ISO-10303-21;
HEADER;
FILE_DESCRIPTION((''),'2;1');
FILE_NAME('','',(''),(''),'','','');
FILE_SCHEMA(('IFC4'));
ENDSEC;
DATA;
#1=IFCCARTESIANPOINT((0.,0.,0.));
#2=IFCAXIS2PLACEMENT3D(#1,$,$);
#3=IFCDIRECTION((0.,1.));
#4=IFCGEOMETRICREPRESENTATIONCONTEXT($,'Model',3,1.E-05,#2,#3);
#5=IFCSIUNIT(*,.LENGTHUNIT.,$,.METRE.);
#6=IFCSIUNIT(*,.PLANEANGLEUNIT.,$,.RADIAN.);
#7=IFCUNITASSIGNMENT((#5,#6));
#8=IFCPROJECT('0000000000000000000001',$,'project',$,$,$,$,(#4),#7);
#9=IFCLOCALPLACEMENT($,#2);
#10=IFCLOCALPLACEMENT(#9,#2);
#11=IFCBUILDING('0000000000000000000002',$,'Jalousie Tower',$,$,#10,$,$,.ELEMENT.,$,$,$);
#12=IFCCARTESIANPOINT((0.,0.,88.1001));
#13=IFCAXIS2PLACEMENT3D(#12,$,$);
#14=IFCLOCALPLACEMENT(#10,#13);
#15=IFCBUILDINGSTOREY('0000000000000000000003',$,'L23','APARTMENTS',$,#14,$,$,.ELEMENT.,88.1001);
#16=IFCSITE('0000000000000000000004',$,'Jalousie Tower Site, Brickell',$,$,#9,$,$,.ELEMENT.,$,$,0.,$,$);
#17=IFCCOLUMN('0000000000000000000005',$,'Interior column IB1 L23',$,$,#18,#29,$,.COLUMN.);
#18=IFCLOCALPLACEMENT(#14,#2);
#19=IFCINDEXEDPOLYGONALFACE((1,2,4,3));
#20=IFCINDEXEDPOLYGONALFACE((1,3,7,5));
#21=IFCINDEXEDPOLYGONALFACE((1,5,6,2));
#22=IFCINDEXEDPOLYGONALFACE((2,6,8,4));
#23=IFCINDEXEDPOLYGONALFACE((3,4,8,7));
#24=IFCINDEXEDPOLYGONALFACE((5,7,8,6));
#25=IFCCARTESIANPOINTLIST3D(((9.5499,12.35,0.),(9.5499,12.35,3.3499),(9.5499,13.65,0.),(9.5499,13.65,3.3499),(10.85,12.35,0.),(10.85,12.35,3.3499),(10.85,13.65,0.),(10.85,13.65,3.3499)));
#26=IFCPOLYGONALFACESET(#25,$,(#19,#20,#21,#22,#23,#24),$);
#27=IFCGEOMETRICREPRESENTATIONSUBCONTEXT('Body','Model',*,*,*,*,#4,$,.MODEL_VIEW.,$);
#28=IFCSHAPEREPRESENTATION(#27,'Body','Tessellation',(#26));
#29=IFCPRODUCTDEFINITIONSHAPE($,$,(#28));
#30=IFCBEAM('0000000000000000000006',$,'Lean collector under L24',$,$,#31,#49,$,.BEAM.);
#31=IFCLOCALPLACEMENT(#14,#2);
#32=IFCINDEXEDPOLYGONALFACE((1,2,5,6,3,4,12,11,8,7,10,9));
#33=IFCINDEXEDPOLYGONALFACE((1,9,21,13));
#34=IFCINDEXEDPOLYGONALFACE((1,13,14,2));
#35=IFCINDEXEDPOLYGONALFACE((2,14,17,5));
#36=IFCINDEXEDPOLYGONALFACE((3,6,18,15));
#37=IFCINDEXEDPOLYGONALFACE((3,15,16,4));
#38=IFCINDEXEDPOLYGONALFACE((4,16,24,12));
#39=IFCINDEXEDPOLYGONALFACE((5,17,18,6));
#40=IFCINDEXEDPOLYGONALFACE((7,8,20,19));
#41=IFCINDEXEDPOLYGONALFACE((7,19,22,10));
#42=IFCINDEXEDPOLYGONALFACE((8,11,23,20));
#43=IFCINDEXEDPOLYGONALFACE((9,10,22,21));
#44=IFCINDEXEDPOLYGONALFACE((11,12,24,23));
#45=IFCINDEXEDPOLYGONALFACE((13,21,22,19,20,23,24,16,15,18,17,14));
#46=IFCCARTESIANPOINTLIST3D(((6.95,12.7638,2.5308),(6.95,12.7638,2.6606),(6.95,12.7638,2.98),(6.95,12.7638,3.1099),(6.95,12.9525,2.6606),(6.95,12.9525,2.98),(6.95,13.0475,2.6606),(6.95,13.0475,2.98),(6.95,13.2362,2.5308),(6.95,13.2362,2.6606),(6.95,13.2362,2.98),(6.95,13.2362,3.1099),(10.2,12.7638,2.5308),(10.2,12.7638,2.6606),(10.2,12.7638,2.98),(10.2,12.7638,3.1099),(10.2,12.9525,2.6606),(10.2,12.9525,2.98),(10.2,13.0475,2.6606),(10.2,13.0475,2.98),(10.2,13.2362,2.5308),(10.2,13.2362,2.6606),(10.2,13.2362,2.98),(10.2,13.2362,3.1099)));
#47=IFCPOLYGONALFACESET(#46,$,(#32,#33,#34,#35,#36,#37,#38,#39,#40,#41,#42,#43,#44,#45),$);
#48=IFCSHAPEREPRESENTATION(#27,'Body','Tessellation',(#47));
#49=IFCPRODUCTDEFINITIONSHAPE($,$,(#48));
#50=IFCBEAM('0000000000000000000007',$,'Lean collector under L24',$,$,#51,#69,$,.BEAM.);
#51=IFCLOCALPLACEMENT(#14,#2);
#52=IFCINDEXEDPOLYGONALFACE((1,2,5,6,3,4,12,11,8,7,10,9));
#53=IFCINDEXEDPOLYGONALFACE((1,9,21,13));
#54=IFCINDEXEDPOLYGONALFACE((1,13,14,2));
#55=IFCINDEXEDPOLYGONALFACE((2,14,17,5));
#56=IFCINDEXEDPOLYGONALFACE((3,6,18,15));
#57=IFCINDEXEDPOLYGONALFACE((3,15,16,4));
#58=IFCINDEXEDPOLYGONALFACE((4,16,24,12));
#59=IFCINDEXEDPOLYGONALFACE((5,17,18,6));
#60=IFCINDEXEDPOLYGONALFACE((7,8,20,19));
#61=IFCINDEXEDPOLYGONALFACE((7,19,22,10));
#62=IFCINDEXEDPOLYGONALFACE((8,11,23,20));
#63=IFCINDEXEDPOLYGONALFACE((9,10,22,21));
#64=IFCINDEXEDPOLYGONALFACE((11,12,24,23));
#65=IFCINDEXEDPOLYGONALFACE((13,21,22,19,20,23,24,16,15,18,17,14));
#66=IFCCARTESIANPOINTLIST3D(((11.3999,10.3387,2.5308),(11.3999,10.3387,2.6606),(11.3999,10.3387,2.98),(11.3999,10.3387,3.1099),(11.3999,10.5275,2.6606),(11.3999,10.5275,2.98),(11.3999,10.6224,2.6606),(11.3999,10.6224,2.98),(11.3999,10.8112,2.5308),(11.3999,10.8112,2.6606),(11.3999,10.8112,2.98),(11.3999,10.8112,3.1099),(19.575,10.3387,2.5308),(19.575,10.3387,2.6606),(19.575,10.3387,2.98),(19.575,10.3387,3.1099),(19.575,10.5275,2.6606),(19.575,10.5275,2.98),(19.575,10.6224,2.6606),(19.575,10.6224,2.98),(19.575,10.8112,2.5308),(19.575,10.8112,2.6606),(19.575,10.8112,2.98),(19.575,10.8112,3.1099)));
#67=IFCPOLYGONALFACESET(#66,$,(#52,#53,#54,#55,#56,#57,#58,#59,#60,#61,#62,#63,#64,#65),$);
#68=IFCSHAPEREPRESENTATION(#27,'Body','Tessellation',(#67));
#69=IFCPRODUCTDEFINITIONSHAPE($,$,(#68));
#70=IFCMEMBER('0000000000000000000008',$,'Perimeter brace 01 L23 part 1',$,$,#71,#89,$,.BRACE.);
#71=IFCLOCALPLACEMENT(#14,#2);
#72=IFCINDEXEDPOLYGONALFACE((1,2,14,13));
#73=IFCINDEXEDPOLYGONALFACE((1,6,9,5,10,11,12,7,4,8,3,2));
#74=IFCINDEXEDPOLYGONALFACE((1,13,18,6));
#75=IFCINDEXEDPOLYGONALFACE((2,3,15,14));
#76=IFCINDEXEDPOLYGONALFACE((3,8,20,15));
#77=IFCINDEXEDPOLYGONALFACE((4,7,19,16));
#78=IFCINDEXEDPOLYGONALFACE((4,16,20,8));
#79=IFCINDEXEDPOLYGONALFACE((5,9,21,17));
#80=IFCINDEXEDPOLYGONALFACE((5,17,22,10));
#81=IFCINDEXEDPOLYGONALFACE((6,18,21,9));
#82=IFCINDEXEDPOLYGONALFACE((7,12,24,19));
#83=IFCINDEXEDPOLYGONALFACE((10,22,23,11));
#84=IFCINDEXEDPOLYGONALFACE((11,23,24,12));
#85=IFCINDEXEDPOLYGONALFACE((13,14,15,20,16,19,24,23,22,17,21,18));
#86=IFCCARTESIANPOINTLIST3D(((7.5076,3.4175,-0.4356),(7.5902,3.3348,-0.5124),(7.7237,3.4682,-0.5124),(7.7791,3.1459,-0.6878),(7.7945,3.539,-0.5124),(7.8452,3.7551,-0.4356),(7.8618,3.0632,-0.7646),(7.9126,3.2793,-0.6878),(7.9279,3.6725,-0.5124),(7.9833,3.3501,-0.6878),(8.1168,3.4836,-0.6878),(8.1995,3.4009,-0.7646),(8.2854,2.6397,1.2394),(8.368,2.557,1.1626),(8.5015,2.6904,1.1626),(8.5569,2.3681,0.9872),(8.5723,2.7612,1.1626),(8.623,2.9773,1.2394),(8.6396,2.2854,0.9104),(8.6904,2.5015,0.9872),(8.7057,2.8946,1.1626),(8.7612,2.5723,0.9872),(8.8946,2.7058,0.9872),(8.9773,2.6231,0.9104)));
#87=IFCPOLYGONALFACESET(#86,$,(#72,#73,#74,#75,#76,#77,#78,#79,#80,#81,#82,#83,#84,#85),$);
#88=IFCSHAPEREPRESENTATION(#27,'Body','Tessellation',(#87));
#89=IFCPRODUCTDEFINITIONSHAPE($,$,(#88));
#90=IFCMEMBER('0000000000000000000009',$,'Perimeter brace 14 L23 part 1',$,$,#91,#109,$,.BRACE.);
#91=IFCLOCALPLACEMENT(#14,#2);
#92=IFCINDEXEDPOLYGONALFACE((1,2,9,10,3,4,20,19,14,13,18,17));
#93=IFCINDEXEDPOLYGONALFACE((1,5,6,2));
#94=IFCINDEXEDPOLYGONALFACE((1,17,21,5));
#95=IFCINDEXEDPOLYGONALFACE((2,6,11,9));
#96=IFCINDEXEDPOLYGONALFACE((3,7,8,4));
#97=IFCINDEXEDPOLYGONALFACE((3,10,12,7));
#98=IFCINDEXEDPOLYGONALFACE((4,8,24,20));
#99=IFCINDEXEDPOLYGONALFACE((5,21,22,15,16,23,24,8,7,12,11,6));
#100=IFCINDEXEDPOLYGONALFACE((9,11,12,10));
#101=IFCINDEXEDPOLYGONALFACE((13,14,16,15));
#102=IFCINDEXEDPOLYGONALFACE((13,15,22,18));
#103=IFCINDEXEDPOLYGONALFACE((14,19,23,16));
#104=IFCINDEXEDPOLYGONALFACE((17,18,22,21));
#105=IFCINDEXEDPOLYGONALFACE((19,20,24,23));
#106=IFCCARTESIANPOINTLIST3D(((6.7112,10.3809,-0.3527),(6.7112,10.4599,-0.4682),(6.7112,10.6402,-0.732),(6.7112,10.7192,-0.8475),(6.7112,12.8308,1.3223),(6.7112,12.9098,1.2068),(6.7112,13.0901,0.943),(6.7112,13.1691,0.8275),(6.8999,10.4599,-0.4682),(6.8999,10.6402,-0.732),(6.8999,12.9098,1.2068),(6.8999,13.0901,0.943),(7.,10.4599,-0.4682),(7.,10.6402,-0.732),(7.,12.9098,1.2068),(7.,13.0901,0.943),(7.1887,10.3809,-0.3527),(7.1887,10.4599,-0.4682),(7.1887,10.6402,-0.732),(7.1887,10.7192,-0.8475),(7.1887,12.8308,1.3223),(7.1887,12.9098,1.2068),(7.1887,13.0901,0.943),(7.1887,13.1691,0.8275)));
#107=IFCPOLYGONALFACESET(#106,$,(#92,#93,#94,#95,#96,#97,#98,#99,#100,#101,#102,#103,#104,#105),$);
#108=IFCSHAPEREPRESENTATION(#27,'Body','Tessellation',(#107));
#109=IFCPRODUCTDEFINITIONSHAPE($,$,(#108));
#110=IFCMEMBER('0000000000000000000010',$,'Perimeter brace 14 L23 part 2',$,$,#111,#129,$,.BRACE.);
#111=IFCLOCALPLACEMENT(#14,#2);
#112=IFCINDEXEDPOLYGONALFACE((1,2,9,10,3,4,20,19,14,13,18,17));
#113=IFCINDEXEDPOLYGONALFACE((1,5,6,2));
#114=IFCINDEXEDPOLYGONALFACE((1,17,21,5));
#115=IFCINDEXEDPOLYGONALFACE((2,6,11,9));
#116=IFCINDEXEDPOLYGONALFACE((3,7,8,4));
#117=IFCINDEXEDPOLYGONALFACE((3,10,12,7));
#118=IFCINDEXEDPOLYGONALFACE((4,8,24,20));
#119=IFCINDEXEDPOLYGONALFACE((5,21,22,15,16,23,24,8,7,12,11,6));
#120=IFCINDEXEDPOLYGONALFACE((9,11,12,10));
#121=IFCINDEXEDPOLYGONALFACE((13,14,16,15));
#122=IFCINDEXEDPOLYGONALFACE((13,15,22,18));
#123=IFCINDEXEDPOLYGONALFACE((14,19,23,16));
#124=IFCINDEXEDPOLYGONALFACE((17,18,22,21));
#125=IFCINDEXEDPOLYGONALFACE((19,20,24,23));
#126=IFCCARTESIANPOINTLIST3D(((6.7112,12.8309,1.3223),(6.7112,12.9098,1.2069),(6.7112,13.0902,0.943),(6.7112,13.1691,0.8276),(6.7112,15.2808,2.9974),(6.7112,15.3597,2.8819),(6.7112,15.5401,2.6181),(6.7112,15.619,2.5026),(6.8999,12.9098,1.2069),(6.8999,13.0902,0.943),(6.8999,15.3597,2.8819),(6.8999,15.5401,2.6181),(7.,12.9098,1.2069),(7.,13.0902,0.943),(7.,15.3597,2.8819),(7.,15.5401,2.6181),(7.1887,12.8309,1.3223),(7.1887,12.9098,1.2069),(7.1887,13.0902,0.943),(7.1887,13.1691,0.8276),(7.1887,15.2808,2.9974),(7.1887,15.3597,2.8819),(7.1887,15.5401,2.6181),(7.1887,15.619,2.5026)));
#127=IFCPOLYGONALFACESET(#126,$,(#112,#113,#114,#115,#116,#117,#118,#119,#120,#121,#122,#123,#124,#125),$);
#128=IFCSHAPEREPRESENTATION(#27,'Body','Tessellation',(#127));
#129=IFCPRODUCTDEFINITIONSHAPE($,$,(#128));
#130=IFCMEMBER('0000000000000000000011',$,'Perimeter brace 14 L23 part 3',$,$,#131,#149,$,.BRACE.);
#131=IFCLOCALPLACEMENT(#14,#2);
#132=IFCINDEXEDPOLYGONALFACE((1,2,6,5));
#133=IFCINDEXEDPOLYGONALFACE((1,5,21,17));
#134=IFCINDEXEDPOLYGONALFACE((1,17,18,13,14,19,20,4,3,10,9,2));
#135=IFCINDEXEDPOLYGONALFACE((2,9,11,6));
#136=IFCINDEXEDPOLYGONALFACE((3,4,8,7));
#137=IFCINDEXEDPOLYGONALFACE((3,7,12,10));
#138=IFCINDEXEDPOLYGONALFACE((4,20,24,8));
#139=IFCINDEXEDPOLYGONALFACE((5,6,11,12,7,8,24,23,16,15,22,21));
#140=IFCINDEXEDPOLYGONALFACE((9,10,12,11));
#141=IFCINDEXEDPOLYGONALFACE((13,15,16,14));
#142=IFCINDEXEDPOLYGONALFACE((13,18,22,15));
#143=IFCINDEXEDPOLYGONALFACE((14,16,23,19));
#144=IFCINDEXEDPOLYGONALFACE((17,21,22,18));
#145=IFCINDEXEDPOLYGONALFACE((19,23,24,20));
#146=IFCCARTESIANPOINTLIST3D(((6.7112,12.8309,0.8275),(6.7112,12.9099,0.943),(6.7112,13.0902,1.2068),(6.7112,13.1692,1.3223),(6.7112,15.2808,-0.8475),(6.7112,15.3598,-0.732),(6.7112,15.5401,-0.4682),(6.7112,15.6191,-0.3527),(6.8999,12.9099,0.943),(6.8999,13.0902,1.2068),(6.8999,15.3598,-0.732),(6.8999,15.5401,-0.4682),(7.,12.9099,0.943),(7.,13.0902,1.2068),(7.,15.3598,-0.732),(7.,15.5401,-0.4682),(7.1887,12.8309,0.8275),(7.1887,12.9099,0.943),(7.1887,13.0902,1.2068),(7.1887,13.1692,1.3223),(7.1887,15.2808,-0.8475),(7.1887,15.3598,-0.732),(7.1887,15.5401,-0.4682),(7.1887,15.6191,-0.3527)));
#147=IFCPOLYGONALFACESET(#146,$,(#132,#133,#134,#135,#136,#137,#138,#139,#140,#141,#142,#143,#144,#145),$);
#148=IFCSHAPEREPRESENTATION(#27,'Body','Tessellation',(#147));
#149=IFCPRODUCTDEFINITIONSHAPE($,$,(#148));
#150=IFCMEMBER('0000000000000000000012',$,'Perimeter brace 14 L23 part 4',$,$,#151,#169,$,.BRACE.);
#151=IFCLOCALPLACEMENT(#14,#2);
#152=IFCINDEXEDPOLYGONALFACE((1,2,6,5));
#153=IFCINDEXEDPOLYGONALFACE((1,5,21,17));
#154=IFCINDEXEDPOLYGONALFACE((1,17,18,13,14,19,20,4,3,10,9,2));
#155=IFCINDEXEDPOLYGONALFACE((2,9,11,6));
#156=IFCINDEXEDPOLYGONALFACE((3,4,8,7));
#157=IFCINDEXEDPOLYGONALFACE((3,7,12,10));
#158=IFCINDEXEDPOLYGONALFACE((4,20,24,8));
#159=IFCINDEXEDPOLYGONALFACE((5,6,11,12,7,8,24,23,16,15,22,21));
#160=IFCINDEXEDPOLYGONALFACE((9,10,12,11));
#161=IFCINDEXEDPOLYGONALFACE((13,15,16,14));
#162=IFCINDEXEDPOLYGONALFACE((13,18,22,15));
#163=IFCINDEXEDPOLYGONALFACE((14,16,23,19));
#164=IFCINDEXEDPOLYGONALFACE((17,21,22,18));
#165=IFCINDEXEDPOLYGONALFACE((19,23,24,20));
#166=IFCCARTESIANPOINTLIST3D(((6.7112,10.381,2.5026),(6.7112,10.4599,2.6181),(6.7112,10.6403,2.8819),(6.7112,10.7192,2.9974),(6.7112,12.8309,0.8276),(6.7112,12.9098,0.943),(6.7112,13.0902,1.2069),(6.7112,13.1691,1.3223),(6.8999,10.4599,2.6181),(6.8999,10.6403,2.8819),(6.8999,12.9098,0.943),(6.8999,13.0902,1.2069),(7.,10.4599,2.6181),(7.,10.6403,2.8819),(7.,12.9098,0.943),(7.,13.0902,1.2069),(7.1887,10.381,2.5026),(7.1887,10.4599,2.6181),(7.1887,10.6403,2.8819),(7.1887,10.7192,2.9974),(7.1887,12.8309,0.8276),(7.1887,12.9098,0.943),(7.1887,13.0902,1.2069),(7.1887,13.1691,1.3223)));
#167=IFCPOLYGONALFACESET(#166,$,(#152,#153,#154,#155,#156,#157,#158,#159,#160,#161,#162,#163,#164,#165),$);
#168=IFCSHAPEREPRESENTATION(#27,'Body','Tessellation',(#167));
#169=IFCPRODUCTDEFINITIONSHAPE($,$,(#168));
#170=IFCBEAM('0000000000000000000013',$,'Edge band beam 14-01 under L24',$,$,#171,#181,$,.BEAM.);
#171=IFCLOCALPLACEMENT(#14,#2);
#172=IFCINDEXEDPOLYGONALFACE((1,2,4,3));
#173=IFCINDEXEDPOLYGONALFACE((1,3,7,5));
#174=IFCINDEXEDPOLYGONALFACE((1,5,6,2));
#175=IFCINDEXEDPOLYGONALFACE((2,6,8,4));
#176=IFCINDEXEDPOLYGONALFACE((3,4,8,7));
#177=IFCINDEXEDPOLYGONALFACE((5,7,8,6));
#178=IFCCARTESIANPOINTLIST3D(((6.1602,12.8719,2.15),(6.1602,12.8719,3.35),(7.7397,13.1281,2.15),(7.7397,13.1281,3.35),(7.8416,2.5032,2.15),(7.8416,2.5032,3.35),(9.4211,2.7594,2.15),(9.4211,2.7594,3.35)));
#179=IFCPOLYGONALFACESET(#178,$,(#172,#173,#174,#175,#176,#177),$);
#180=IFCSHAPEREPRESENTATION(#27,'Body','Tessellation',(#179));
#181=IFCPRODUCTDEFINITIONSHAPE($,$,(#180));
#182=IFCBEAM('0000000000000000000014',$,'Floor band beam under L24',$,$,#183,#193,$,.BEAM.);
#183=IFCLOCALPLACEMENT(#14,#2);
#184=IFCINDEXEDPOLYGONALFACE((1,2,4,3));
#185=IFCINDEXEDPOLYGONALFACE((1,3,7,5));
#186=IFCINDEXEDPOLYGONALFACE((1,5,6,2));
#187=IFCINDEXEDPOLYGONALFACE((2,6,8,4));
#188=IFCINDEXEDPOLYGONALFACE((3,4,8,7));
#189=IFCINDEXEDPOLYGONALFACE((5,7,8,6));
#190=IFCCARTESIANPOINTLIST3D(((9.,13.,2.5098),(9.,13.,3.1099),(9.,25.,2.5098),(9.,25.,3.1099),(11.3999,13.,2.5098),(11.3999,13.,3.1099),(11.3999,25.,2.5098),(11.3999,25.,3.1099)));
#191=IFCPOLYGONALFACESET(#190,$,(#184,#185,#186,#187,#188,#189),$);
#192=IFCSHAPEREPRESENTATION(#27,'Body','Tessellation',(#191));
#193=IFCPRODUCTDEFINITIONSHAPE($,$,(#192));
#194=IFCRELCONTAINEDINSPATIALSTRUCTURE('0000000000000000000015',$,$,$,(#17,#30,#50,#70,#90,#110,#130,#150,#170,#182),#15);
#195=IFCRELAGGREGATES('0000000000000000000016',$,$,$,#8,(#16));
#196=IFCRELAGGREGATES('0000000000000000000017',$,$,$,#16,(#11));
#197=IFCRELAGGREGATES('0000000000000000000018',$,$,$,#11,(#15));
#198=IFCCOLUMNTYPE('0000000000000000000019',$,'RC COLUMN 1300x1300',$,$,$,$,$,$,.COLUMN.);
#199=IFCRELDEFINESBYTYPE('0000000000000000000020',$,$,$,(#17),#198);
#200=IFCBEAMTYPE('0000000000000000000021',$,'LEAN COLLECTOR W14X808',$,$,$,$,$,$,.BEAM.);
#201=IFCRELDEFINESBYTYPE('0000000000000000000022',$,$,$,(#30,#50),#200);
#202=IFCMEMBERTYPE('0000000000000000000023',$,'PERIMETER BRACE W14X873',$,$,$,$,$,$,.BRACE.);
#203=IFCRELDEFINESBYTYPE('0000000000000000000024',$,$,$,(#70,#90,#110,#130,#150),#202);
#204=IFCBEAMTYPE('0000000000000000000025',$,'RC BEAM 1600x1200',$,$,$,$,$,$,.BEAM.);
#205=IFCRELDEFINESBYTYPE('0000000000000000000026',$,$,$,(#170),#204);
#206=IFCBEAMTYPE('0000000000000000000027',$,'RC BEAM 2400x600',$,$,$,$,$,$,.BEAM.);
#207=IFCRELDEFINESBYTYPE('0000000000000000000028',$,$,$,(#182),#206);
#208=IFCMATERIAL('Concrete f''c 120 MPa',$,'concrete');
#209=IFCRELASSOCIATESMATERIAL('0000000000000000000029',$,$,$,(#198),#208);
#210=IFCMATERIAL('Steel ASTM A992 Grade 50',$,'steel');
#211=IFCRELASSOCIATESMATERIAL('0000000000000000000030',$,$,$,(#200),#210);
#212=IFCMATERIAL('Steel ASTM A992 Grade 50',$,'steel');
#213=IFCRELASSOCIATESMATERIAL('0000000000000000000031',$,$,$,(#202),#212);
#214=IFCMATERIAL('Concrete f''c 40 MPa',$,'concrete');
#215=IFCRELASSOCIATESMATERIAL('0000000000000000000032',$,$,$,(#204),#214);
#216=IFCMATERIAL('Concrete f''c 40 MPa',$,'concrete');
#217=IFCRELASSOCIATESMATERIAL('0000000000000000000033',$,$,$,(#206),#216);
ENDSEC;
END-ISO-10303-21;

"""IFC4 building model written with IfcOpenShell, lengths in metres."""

from ifc_helpers import new_model, si_unit, direction, frame, origin, origin_2d, place, context, subcontext, project, spatial, rectangle, i_section, extrude, material, material_profile, profile_set, type_object, element, save


model = new_model("IFC4")

# Units and contexts
model_context = context("Model", 3, precision=1e-05, world=origin(), true_north=direction((0.0, 1.0)))
body_context = subcontext(model_context, "Body", "Model", "MODEL_VIEW")
ifc_project = project(units=[si_unit("LENGTHUNIT", "METRE"), si_unit("PLANEANGLEUNIT", "RADIAN")], contexts=[model_context])

# Site, building, storey
site_placement = place(None, origin())
site = spatial("IfcSite", under=ifc_project, at=site_placement, Name="Jalousie Tower Site, Brickell", CompositionType="ELEMENT", RefElevation=0.0)
building_placement = place(site_placement, origin())
building = spatial("IfcBuilding", under=site, at=building_placement, Name="Jalousie Tower", CompositionType="ELEMENT")
storey_placement = place(building_placement, frame((0.0, 0.0, 88.1001)))
storey = spatial("IfcBuildingStorey", under=building, at=storey_placement, Name="L23", Description="APARTMENTS", CompositionType="ELEMENT", Elevation=88.1001)

# Column
ifc_material_1 = material(Name="Concrete f'c 120 MPa", Category="concrete")
ifc_material_profile_1 = material_profile(ifc_material_1, rectangle(XDim=1.3, YDim=1.3, at=origin_2d()), Name="RC 1300x1300")
ifc_profile_set_1 = profile_set([ifc_material_profile_1], Name="Concrete f'c 120 MPa")
column_type = type_object("IfcColumnType", Name="RC COLUMN 1300x1300", PredefinedType="COLUMN", material=ifc_profile_set_1)
column_placement = place(storey_placement, frame((10.2, 13.0, 0.0), z_axis=(0.0, 0.0, 1.0), x_axis=(1.0, 0.0, 0.0)))
element("IfcColumn", 1, at=column_placement, inside=storey, type_object=column_type, Name="Interior column IB1 L23", PredefinedType="COLUMN", context=body_context, shape_type="SweptSolid", body=[
    extrude(rectangle(XDim=1.3, YDim=1.3, at=origin_2d()), origin(), (0.0, 0.0, 1.0), 3.3499),
])

# Beams
ifc_material_2 = material(Name="Steel ASTM A992 Grade 50", Category="steel")
ifc_material_profile_2 = material_profile(ifc_material_2, i_section(OverallWidth=0.4724, OverallDepth=0.5791, WebThickness=0.095, FlangeThickness=0.1299, at=origin_2d()), Name="W14X808")
ifc_profile_set_2 = profile_set([ifc_material_profile_2], Name="Steel ASTM A992 Grade 50")
beam_type_1 = type_object("IfcBeamType", Name="LEAN COLLECTOR W14X808", PredefinedType="BEAM", material=ifc_profile_set_2)
beam_1_placement = place(storey_placement, frame((6.95, 13.0, 2.8203), z_axis=(1.0, 0.0, 0.0), x_axis=(0.0, 1.0, 0.0)))
element("IfcBeam", 2, at=beam_1_placement, inside=storey, type_object=beam_type_1, Name="Lean collector under L24", PredefinedType="BEAM", context=body_context, shape_type="SweptSolid", body=[
    extrude(i_section(OverallWidth=0.4724, OverallDepth=0.5791, WebThickness=0.095, FlangeThickness=0.1299, at=origin_2d()), origin(), (0.0, 0.0, 1.0), 3.25),
])
beam_2_placement = place(storey_placement, frame((11.3999, 10.575, 2.8203), z_axis=(1.0, 0.0, 0.0), x_axis=(0.0, 1.0, 0.0)))
element("IfcBeam", 3, at=beam_2_placement, inside=storey, type_object=beam_type_1, Name="Lean collector under L24", PredefinedType="BEAM", context=body_context, shape_type="SweptSolid", body=[
    extrude(i_section(OverallWidth=0.4724, OverallDepth=0.5791, WebThickness=0.095, FlangeThickness=0.1299, at=origin_2d()), origin(), (0.0, 0.0, 1.0), 8.175),
])

# Members
ifc_material_3 = material(Name="Steel ASTM A992 Grade 50", Category="steel")
ifc_material_profile_3 = material_profile(ifc_material_3, i_section(OverallWidth=0.4775, OverallDepth=0.5994, WebThickness=0.1001, FlangeThickness=0.1399, at=origin_2d()), Name="W14X873")
ifc_profile_set_3 = profile_set([ifc_material_profile_3], Name="Steel ASTM A992 Grade 50")
member_type_1 = type_object("IfcMemberType", Name="PERIMETER BRACE W14X873", PredefinedType="BRACE", material=ifc_profile_set_3)
member_1_placement = place(storey_placement, frame((7.8535, 3.4092, -0.6001), z_axis=(0.388149, -0.388149, 0.835872), x_axis=(0.707107, 0.707107, 0.0)))
element("IfcMember", 4, at=member_1_placement, inside=storey, type_object=member_type_1, Name="Perimeter brace 01 L23 part 1", PredefinedType="BRACE", context=body_context, shape_type="SweptSolid", body=[
    extrude(i_section(OverallWidth=0.4775, OverallDepth=0.5994, WebThickness=0.1001, FlangeThickness=0.1399, at=origin_2d()), origin(), (0.0, 0.0, 1.0), 2.0039),
])
for number, where, z_axis, x_axis, name in (
    (5, (6.95, 10.55, -0.6001), (0.0, 0.825501, 0.564401), (-1.0, 0.0, 0.0), "Perimeter brace 14 L23 part 1"),
    (6, (6.95, 13.0, 1.075), (0.0, 0.825501, 0.564401), (-1.0, 0.0, 0.0), "Perimeter brace 14 L23 part 2"),
    (7, (6.95, 15.45, -0.6001), (0.0, -0.825501, 0.564401), (1.0, 0.0, 0.0), "Perimeter brace 14 L23 part 3"),
    (8, (6.95, 13.0, 1.075), (0.0, -0.825501, 0.564401), (1.0, 0.0, 0.0), "Perimeter brace 14 L23 part 4"),
):
    element("IfcMember", number, at=place(storey_placement, frame(where, z_axis=z_axis, x_axis=x_axis)), inside=storey, type_object=member_type_1, Name=name, PredefinedType="BRACE", context=body_context, shape_type="SweptSolid", body=[
        extrude(i_section(OverallWidth=0.4775, OverallDepth=0.5994, WebThickness=0.1001, FlangeThickness=0.1399, at=origin_2d()), origin(), (0.0, 0.0, 1.0), 2.9678),
    ])

# Beams
ifc_material_4 = material(Name="Concrete f'c 40 MPa", Category="concrete")
ifc_material_profile_4 = material_profile(ifc_material_4, rectangle(XDim=1.6001, YDim=1.2, at=origin_2d()), Name="RC 1600x1200")
ifc_profile_set_4 = profile_set([ifc_material_profile_4], Name="Concrete f'c 40 MPa")
beam_type_2 = type_object("IfcBeamType", Name="RC BEAM 1600x1200", PredefinedType="BEAM", material=ifc_profile_set_4)
beam_3_placement = place(storey_placement, frame((6.95, 13.0, 2.75), z_axis=(0.160071, -0.987106, 0.0), x_axis=(0.987106, 0.160071, 0.0)))
element("IfcBeam", 9, at=beam_3_placement, inside=storey, type_object=beam_type_2, Name="Edge band beam 14-01 under L24", PredefinedType="BEAM", context=body_context, shape_type="SweptSolid", body=[
    extrude(rectangle(XDim=1.6001, YDim=1.2, at=origin_2d()), origin(), (0.0, 0.0, 1.0), 10.5042),
])
ifc_material_5 = material(Name="Concrete f'c 40 MPa", Category="concrete")
ifc_material_profile_5 = material_profile(ifc_material_5, rectangle(XDim=2.3999, YDim=0.6001, at=origin_2d()), Name="RC 2400x600")
ifc_profile_set_5 = profile_set([ifc_material_profile_5], Name="Concrete f'c 40 MPa")
beam_type_3 = type_object("IfcBeamType", Name="RC BEAM 2400x600", PredefinedType="BEAM", material=ifc_profile_set_5)
beam_4_placement = place(storey_placement, frame((10.2, 13.0, 2.8098), z_axis=(0.0, 1.0, 0.0), x_axis=(-1.0, 0.0, 0.0)))
element("IfcBeam", 10, at=beam_4_placement, inside=storey, type_object=beam_type_3, Name="Floor band beam under L24", PredefinedType="BEAM", context=body_context, shape_type="SweptSolid", body=[
    extrude(rectangle(XDim=2.3999, YDim=0.6001, at=origin_2d()), origin(), (0.0, 0.0, 1.0), 12.0),
])

save(model, "model.ifc")
